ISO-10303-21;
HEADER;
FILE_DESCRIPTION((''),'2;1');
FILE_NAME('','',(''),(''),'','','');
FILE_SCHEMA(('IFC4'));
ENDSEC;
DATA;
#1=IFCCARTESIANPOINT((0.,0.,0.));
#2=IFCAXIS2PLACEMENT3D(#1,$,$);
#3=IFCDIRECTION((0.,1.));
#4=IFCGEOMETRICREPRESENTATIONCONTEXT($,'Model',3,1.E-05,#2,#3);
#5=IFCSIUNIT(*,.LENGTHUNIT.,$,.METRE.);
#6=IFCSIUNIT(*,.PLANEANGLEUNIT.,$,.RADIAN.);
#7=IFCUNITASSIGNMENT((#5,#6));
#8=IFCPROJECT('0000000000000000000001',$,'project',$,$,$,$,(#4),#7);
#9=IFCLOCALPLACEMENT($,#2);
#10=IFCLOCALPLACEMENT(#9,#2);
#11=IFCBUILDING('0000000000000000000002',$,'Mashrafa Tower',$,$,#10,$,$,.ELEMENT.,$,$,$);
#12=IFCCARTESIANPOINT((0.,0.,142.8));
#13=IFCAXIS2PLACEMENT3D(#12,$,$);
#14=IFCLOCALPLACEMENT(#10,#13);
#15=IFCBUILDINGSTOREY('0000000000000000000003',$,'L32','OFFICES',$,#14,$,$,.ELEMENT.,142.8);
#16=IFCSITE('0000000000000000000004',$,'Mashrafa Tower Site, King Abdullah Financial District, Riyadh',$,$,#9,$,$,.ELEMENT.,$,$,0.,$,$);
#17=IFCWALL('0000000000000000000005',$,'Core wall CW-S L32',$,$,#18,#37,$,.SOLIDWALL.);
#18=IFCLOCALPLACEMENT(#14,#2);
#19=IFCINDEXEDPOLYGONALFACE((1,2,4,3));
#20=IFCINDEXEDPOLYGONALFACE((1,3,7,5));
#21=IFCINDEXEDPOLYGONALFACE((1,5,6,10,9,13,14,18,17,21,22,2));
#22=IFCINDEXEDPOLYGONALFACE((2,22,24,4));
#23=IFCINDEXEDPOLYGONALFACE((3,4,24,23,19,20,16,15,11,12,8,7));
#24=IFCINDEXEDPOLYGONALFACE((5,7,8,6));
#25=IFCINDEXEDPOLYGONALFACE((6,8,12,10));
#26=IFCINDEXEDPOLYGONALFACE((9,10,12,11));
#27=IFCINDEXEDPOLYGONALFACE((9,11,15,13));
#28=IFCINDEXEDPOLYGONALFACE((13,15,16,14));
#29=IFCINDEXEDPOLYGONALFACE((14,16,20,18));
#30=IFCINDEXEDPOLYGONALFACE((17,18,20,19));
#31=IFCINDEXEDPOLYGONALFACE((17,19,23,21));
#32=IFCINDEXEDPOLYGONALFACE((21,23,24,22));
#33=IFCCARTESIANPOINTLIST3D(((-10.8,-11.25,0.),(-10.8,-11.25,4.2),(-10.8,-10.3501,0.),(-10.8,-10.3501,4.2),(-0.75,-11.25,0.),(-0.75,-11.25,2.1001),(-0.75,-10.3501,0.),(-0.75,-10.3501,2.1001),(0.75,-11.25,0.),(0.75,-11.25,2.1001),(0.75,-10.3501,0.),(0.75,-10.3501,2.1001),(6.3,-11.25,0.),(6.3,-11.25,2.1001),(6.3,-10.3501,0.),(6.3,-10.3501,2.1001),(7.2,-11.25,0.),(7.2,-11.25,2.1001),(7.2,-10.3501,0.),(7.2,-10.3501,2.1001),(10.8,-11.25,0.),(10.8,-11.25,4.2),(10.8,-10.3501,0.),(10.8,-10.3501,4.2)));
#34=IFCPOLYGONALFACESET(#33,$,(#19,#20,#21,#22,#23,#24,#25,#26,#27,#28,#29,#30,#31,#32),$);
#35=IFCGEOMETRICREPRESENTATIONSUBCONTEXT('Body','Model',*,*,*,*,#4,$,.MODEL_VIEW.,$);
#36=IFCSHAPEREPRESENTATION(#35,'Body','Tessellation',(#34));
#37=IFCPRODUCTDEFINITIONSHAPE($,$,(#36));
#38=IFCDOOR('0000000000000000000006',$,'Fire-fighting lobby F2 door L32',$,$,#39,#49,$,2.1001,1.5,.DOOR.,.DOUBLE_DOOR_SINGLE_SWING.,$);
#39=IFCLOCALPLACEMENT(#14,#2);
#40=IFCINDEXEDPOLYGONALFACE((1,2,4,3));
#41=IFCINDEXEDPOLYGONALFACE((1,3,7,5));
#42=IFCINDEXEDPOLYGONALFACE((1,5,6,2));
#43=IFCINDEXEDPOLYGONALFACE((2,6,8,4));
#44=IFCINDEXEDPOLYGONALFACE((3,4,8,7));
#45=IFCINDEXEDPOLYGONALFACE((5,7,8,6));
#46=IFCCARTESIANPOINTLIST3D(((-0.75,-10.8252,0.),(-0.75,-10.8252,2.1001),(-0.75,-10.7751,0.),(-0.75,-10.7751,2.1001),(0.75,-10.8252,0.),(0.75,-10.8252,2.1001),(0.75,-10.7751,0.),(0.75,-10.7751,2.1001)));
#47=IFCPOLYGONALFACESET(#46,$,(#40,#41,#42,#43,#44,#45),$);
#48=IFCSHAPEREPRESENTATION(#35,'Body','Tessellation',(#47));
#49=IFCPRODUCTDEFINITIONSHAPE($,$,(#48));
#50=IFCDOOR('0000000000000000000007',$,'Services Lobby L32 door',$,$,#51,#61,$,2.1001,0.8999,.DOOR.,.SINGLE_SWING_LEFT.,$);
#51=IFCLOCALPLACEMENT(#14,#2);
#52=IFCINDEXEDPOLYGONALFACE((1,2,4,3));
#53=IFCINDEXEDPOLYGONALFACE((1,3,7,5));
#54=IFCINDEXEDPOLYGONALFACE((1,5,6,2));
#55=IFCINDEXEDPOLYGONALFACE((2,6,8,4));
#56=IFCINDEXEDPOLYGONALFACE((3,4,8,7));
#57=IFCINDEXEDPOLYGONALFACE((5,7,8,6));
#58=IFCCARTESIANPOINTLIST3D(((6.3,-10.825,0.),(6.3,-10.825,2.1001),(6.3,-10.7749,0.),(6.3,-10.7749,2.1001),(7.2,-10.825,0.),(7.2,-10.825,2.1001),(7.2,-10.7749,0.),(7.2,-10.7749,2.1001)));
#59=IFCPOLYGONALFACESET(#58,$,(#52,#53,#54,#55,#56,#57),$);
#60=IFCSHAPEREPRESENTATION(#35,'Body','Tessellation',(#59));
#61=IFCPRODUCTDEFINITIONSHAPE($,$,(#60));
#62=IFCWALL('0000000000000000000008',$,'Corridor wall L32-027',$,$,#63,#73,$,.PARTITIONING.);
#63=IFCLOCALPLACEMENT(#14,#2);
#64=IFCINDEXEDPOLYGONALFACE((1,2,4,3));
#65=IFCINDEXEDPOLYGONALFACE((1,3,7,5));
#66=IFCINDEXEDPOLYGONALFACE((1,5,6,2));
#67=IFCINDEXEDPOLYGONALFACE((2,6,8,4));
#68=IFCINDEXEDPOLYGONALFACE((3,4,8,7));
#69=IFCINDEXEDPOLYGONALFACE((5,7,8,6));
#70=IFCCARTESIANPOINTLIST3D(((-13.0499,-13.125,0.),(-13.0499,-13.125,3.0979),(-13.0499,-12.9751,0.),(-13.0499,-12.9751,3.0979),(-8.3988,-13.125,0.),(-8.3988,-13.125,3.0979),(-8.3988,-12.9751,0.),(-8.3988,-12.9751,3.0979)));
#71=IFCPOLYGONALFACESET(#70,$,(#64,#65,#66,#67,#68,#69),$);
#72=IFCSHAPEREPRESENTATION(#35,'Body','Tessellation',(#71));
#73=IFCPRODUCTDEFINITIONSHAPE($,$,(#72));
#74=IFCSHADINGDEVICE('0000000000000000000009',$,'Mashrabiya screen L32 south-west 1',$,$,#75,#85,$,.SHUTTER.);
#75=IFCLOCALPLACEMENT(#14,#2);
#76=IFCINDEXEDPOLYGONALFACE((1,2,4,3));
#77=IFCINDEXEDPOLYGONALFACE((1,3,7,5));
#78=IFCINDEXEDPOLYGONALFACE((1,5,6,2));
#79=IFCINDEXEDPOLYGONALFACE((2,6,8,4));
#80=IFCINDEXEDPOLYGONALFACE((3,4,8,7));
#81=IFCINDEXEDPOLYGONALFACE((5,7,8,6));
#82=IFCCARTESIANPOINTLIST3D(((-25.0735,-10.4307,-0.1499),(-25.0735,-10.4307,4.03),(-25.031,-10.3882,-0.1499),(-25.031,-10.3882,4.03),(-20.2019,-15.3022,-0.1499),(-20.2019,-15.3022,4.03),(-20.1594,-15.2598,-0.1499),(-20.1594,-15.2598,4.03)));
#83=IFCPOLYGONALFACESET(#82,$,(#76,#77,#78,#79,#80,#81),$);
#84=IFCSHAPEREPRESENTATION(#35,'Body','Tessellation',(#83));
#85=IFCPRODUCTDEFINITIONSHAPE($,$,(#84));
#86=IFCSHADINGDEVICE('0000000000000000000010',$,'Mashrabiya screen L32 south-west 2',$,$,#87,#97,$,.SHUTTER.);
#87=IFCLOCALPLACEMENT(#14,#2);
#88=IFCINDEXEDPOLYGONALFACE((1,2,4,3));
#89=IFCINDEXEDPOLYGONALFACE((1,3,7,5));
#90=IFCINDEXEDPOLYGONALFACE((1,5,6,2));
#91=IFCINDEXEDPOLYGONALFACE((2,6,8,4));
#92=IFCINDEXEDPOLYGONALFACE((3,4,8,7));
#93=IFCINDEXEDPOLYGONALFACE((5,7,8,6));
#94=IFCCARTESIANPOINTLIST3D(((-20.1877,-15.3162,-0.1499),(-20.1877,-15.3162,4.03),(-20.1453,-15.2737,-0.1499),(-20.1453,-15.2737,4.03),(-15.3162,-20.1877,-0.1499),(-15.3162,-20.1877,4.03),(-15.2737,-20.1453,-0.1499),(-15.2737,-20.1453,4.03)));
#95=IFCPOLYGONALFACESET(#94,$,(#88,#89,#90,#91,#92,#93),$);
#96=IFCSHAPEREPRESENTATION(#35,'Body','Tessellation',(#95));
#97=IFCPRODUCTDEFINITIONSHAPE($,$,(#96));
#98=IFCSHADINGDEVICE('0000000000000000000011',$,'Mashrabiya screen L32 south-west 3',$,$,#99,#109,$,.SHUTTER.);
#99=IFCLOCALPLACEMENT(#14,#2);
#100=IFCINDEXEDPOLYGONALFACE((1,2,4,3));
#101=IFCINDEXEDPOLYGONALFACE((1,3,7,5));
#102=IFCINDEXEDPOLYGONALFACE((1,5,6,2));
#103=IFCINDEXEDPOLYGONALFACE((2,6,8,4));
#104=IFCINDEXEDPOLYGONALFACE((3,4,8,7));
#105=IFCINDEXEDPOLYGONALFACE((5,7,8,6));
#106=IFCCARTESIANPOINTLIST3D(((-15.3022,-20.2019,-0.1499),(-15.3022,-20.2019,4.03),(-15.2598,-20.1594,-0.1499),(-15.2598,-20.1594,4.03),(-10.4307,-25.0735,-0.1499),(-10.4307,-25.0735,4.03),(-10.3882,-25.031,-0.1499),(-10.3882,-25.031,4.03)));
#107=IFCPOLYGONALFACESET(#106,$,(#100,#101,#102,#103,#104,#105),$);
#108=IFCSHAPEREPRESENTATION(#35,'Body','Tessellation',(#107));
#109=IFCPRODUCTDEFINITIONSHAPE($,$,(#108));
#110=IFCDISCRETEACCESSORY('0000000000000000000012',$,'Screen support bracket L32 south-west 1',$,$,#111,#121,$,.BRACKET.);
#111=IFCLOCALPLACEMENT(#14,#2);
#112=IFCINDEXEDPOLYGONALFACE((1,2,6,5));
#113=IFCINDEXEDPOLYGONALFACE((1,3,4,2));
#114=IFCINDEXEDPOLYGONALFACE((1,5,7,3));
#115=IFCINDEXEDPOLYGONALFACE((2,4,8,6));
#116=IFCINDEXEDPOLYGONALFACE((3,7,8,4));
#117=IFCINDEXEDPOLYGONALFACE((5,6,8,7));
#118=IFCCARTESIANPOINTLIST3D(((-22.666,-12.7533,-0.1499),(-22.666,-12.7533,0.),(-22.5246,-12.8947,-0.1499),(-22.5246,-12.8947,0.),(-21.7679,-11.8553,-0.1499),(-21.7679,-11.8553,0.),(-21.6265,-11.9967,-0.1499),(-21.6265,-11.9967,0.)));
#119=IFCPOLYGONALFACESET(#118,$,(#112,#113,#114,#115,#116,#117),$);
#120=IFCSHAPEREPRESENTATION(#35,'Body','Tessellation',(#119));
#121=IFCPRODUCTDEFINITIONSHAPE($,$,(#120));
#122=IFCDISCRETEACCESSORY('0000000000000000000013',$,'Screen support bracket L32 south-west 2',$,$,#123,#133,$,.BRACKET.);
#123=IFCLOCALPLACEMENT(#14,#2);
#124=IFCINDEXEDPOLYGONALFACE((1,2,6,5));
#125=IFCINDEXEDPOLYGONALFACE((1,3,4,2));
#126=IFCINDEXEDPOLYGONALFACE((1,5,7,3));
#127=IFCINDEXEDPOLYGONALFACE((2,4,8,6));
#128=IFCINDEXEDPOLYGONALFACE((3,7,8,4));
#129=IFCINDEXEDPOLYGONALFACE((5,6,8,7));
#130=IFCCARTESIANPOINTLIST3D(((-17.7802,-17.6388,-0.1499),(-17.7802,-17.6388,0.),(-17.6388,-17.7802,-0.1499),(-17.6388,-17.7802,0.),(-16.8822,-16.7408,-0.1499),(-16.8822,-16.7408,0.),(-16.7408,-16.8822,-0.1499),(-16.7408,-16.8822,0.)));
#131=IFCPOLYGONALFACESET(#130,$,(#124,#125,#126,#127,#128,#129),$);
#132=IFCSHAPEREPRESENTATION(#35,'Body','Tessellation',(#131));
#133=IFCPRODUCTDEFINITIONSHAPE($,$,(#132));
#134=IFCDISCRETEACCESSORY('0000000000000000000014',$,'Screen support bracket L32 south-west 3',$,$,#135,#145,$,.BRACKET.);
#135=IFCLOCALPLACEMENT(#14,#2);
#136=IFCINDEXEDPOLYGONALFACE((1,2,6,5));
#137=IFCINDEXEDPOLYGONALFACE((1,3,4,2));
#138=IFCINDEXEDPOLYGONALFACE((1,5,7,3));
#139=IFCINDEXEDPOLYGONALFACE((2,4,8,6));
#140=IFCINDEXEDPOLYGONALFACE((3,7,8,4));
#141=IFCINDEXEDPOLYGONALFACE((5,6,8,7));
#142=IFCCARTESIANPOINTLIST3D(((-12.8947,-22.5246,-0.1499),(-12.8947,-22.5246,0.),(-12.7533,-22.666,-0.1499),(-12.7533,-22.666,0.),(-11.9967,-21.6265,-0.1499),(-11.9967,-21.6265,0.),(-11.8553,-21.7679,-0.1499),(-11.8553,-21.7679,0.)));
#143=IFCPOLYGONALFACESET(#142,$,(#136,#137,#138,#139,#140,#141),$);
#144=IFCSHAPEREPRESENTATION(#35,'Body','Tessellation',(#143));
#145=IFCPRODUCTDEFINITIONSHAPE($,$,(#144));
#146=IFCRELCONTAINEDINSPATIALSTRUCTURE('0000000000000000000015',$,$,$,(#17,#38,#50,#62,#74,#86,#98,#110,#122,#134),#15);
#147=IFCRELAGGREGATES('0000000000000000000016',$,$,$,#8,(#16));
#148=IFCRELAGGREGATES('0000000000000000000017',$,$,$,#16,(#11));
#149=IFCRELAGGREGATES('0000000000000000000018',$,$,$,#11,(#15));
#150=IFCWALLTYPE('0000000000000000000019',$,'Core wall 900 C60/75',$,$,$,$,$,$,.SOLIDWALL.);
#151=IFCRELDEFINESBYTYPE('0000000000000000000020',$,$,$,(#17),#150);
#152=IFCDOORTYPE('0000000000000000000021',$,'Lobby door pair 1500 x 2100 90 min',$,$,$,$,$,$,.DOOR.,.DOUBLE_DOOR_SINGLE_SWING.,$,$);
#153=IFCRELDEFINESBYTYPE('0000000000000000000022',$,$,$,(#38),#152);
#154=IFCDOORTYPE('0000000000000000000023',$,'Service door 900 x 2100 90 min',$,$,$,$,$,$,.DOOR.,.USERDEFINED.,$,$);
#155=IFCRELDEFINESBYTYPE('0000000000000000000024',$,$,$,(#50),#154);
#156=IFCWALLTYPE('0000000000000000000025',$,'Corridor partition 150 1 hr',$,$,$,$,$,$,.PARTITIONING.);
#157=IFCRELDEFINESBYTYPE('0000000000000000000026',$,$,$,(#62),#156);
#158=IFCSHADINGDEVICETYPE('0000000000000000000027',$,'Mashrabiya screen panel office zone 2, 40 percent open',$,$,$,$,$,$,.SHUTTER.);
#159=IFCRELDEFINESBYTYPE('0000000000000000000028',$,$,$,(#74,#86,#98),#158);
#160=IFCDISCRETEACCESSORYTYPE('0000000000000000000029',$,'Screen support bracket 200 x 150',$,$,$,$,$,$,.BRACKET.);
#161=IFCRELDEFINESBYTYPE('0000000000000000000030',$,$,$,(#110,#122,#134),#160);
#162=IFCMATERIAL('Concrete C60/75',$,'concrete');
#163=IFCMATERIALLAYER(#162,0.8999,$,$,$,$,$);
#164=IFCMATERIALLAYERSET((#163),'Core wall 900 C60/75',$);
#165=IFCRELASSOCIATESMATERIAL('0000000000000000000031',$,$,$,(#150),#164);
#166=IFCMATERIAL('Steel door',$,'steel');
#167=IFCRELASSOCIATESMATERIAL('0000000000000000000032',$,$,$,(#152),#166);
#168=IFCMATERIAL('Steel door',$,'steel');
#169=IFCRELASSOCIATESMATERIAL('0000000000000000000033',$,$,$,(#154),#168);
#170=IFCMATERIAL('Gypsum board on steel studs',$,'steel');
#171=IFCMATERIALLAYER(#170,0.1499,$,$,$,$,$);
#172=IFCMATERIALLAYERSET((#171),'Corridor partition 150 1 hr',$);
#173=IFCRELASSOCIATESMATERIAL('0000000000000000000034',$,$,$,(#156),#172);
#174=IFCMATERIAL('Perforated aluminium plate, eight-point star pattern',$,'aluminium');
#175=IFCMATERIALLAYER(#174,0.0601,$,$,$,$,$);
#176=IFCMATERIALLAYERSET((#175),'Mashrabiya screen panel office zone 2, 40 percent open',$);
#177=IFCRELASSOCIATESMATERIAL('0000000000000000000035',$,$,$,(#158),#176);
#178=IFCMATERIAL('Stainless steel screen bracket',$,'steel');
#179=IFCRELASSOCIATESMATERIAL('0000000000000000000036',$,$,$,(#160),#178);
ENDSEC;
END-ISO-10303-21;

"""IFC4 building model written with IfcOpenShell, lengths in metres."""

from ifc_helpers import new_model, si_unit, direction, frame, frame_2d, origin, origin_2d, place, context, subcontext, project, spatial, rectangle, extrude, source, transform, mapped, material, layer, layer_set, type_object, type_shapes, element, fill, save


model = new_model("IFC4")

# Units and contexts
model_context = context("Model", 3, precision=1e-05, world=origin(), true_north=direction((0.0, 1.0)))
body_context = subcontext(model_context, "Body", "Model", "MODEL_VIEW")
ifc_project = project(units=[si_unit("LENGTHUNIT", "METRE"), si_unit("PLANEANGLEUNIT", "RADIAN")], contexts=[model_context])

# Site, building, storey
site_placement = place(None, origin())
site = spatial("IfcSite", under=ifc_project, at=site_placement, Name="Mashrafa Tower Site, King Abdullah Financial District, Riyadh", CompositionType="ELEMENT", RefElevation=0.0)
building_placement = place(site_placement, origin())
building = spatial("IfcBuilding", under=site, at=building_placement, Name="Mashrafa Tower", CompositionType="ELEMENT")
storey_placement = place(building_placement, frame((0.0, 0.0, 142.8)))
storey = spatial("IfcBuildingStorey", under=building, at=storey_placement, Name="L32", Description="OFFICES", CompositionType="ELEMENT", Elevation=142.8)

# Wall, openings, doors
ifc_material_1 = material(Name="Concrete C60/75", Category="concrete")
ifc_layer_1 = layer(ifc_material_1, 0.8999)
ifc_layer_set_1 = layer_set([ifc_layer_1], Name="Core wall 900 C60/75")
wall_type_1 = type_object("IfcWallType", Name="Core wall 900 C60/75", PredefinedType="SOLIDWALL", material=ifc_layer_set_1)
wall_1_placement = place(storey_placement, frame((-10.8, -10.8, 0.0), z_axis=(0.0, 0.0, 1.0), x_axis=(1.0, 0.0, 0.0)))
wall_1 = element("IfcWall", 1, at=wall_1_placement, inside=storey, type_object=wall_type_1, Name="Core wall CW-S L32", PredefinedType="SOLIDWALL", context=body_context, shape_type="SweptSolid", body=[
    extrude(rectangle(XDim=21.6001, YDim=0.8999, at=frame_2d((10.8, 0.0))), origin(), (0.0, 0.0, 1.0), 4.2),
])
opening_1_placement = place(wall_1_placement, frame((10.05, 0.0, 0.0)))
opening_1 = element("IfcOpeningElement", 2, at=opening_1_placement, cuts=wall_1, PredefinedType="OPENING", context=body_context, shape_type="SweptSolid", body=[
    extrude(rectangle(XDim=1.5, YDim=2.1001, at=frame_2d((0.75, 1.05))), frame((0.0, 0.46, 0.0), z_axis=(0.0, -1.0, 0.0), x_axis=(1.0, 0.0, 0.0)), (0.0, 0.0, 1.0), 0.9199),
])
opening_2_placement = place(wall_1_placement, frame((17.1001, 0.0, 0.0)))
opening_2 = element("IfcOpeningElement", 3, at=opening_2_placement, cuts=wall_1, PredefinedType="OPENING", context=body_context, shape_type="SweptSolid", body=[
    extrude(rectangle(XDim=0.8999, YDim=2.1001, at=frame_2d((0.45, 1.05))), frame((0.0, 0.46, 0.0), z_axis=(0.0, -1.0, 0.0), x_axis=(1.0, 0.0, 0.0)), (0.0, 0.0, 1.0), 0.9199),
])
ifc_material_2 = material(Name="Steel door", Category="steel")
door_type_1 = type_object("IfcDoorType", Name="Lobby door pair 1500 x 2100 90 min", OperationType="DOUBLE_DOOR_SINGLE_SWING", PredefinedType="DOOR", material=ifc_material_2)
door_1_placement = place(opening_1_placement, origin())
door_1 = element("IfcDoor", 4, at=door_1_placement, inside=storey, type_object=door_type_1, Name="Fire-fighting lobby F2 door L32", OperationType="DOUBLE_DOOR_SINGLE_SWING", OverallHeight=2.1001, OverallWidth=1.5, PredefinedType="DOOR", context=body_context, shape_type="SweptSolid", body=[
    extrude(rectangle(XDim=1.5, YDim=2.1001, at=frame_2d((0.75, 1.05))), frame((0.0, 0.0249, 0.0), z_axis=(0.0, -1.0, 0.0), x_axis=(1.0, 0.0, 0.0)), (0.0, 0.0, 1.0), 0.05),
])
fill(opening_1, door_1)
ifc_material_3 = material(Name="Steel door", Category="steel")
door_type_2 = type_object("IfcDoorType", Name="Service door 900 x 2100 90 min", OperationType="USERDEFINED", PredefinedType="DOOR", material=ifc_material_3)
door_2_placement = place(opening_2_placement, frame((0.8999, 0.0, 0.0), z_axis=(0.0, 0.0, 1.0), x_axis=(-1.0, 0.0, 0.0)))
door_2 = element("IfcDoor", 5, at=door_2_placement, inside=storey, type_object=door_type_2, Name="Services Lobby L32 door", OperationType="SINGLE_SWING_LEFT", OverallHeight=2.1001, OverallWidth=0.8999, PredefinedType="DOOR", context=body_context, shape_type="SweptSolid", body=[
    extrude(rectangle(XDim=0.8999, YDim=2.1001, at=frame_2d((0.45, 1.05))), frame((0.0, 0.0249, 0.0), z_axis=(0.0, -1.0, 0.0), x_axis=(1.0, 0.0, 0.0)), (0.0, 0.0, 1.0), 0.05),
])
fill(opening_2, door_2)

# Wall
ifc_material_4 = material(Name="Gypsum board on steel studs", Category="steel")
ifc_layer_2 = layer(ifc_material_4, 0.1499)
ifc_layer_set_2 = layer_set([ifc_layer_2], Name="Corridor partition 150 1 hr")
wall_type_2 = type_object("IfcWallType", Name="Corridor partition 150 1 hr", PredefinedType="PARTITIONING", material=ifc_layer_set_2)
wall_2_placement = place(storey_placement, frame((-13.05, -13.05, 0.0), z_axis=(0.0, 0.0, 1.0), x_axis=(1.0, 0.0, 0.0)))
element("IfcWall", 6, at=wall_2_placement, inside=storey, type_object=wall_type_2, Name="Corridor wall L32-027", PredefinedType="PARTITIONING", context=body_context, shape_type="SweptSolid", body=[
    extrude(rectangle(XDim=4.6511, YDim=0.1499, at=frame_2d((2.3257, 0.0))), origin(), (0.0, 0.0, 1.0), 3.0979),
])

# Shading devices
ifc_material_5 = material(Name="Perforated aluminium plate, eight-point star pattern", Category="aluminium")
ifc_layer_3 = layer(ifc_material_5, 0.0601)
ifc_layer_set_3 = layer_set([ifc_layer_3], Name="Mashrabiya screen panel office zone 2, 40 percent open")
shading_device_type = type_object("IfcShadingDeviceType", Name="Mashrabiya screen panel office zone 2, 40 percent open", PredefinedType="SHUTTER", material=ifc_layer_set_3)
shared_shape_1 = source(origin(), body_context, "Body", "SweptSolid", [
    extrude(rectangle(XDim=6.8894, YDim=0.0601, at=origin_2d()), origin(), (0.0, 0.0, 1.0), 4.1799),
])
type_shapes(shading_device_type, [shared_shape_1])
for number, where, z_axis, x_axis, name in (
    (7, (-22.6165, -12.8452, -0.1499), (0.0, 0.0, 1.0), (0.707107, -0.707107, 0.0), "Mashrabiya screen L32 south-west 1"),
    (8, (-17.7307, -17.7307, -0.1499), (0.0, 0.0, 1.0), (0.707107, -0.707107, 0.0), "Mashrabiya screen L32 south-west 2"),
    (9, (-12.8452, -22.6165, -0.1499), (0.0, 0.0, 1.0), (0.707107, -0.707107, 0.0), "Mashrabiya screen L32 south-west 3"),
):
    element("IfcShadingDevice", number, at=place(storey_placement, frame(where, z_axis=z_axis, x_axis=x_axis)), inside=storey, type_object=shading_device_type, Name=name, PredefinedType="SHUTTER", context=body_context, shape_type="MappedRepresentation", body=[
        mapped(shared_shape_1, transform((0.0, 0.0, 0.0))),
    ])

# Discrete accessories
ifc_material_6 = material(Name="Stainless steel screen bracket", Category="steel")
discrete_accessory_type = type_object("IfcDiscreteAccessoryType", Name="Screen support bracket 200 x 150", PredefinedType="BRACKET", material=ifc_material_6)
shared_shape_2 = source(origin(), body_context, "Body", "SweptSolid", [
    extrude(rectangle(XDim=0.2, YDim=1.27, at=origin_2d()), origin(), (0.0, 0.0, 1.0), 0.1499),
])
type_shapes(discrete_accessory_type, [shared_shape_2])
for number, where, z_axis, x_axis, name in (
    (10, (-22.1462, -12.375, -0.1499), (0.0, 0.0, 1.0), (0.707107, -0.707107, 0.0), "Screen support bracket L32 south-west 1"),
    (11, (-17.2605, -17.2605, -0.1499), (0.0, 0.0, 1.0), (0.707107, -0.707107, 0.0), "Screen support bracket L32 south-west 2"),
    (12, (-12.375, -22.1462, -0.1499), (0.0, 0.0, 1.0), (0.707107, -0.707107, 0.0), "Screen support bracket L32 south-west 3"),
):
    element("IfcDiscreteAccessory", number, at=place(storey_placement, frame(where, z_axis=z_axis, x_axis=x_axis)), inside=storey, type_object=discrete_accessory_type, Name=name, PredefinedType="BRACKET", context=body_context, shape_type="MappedRepresentation", body=[
        mapped(shared_shape_2, transform((0.0, 0.0, 0.0))),
    ])

save(model, "model.ifc")
